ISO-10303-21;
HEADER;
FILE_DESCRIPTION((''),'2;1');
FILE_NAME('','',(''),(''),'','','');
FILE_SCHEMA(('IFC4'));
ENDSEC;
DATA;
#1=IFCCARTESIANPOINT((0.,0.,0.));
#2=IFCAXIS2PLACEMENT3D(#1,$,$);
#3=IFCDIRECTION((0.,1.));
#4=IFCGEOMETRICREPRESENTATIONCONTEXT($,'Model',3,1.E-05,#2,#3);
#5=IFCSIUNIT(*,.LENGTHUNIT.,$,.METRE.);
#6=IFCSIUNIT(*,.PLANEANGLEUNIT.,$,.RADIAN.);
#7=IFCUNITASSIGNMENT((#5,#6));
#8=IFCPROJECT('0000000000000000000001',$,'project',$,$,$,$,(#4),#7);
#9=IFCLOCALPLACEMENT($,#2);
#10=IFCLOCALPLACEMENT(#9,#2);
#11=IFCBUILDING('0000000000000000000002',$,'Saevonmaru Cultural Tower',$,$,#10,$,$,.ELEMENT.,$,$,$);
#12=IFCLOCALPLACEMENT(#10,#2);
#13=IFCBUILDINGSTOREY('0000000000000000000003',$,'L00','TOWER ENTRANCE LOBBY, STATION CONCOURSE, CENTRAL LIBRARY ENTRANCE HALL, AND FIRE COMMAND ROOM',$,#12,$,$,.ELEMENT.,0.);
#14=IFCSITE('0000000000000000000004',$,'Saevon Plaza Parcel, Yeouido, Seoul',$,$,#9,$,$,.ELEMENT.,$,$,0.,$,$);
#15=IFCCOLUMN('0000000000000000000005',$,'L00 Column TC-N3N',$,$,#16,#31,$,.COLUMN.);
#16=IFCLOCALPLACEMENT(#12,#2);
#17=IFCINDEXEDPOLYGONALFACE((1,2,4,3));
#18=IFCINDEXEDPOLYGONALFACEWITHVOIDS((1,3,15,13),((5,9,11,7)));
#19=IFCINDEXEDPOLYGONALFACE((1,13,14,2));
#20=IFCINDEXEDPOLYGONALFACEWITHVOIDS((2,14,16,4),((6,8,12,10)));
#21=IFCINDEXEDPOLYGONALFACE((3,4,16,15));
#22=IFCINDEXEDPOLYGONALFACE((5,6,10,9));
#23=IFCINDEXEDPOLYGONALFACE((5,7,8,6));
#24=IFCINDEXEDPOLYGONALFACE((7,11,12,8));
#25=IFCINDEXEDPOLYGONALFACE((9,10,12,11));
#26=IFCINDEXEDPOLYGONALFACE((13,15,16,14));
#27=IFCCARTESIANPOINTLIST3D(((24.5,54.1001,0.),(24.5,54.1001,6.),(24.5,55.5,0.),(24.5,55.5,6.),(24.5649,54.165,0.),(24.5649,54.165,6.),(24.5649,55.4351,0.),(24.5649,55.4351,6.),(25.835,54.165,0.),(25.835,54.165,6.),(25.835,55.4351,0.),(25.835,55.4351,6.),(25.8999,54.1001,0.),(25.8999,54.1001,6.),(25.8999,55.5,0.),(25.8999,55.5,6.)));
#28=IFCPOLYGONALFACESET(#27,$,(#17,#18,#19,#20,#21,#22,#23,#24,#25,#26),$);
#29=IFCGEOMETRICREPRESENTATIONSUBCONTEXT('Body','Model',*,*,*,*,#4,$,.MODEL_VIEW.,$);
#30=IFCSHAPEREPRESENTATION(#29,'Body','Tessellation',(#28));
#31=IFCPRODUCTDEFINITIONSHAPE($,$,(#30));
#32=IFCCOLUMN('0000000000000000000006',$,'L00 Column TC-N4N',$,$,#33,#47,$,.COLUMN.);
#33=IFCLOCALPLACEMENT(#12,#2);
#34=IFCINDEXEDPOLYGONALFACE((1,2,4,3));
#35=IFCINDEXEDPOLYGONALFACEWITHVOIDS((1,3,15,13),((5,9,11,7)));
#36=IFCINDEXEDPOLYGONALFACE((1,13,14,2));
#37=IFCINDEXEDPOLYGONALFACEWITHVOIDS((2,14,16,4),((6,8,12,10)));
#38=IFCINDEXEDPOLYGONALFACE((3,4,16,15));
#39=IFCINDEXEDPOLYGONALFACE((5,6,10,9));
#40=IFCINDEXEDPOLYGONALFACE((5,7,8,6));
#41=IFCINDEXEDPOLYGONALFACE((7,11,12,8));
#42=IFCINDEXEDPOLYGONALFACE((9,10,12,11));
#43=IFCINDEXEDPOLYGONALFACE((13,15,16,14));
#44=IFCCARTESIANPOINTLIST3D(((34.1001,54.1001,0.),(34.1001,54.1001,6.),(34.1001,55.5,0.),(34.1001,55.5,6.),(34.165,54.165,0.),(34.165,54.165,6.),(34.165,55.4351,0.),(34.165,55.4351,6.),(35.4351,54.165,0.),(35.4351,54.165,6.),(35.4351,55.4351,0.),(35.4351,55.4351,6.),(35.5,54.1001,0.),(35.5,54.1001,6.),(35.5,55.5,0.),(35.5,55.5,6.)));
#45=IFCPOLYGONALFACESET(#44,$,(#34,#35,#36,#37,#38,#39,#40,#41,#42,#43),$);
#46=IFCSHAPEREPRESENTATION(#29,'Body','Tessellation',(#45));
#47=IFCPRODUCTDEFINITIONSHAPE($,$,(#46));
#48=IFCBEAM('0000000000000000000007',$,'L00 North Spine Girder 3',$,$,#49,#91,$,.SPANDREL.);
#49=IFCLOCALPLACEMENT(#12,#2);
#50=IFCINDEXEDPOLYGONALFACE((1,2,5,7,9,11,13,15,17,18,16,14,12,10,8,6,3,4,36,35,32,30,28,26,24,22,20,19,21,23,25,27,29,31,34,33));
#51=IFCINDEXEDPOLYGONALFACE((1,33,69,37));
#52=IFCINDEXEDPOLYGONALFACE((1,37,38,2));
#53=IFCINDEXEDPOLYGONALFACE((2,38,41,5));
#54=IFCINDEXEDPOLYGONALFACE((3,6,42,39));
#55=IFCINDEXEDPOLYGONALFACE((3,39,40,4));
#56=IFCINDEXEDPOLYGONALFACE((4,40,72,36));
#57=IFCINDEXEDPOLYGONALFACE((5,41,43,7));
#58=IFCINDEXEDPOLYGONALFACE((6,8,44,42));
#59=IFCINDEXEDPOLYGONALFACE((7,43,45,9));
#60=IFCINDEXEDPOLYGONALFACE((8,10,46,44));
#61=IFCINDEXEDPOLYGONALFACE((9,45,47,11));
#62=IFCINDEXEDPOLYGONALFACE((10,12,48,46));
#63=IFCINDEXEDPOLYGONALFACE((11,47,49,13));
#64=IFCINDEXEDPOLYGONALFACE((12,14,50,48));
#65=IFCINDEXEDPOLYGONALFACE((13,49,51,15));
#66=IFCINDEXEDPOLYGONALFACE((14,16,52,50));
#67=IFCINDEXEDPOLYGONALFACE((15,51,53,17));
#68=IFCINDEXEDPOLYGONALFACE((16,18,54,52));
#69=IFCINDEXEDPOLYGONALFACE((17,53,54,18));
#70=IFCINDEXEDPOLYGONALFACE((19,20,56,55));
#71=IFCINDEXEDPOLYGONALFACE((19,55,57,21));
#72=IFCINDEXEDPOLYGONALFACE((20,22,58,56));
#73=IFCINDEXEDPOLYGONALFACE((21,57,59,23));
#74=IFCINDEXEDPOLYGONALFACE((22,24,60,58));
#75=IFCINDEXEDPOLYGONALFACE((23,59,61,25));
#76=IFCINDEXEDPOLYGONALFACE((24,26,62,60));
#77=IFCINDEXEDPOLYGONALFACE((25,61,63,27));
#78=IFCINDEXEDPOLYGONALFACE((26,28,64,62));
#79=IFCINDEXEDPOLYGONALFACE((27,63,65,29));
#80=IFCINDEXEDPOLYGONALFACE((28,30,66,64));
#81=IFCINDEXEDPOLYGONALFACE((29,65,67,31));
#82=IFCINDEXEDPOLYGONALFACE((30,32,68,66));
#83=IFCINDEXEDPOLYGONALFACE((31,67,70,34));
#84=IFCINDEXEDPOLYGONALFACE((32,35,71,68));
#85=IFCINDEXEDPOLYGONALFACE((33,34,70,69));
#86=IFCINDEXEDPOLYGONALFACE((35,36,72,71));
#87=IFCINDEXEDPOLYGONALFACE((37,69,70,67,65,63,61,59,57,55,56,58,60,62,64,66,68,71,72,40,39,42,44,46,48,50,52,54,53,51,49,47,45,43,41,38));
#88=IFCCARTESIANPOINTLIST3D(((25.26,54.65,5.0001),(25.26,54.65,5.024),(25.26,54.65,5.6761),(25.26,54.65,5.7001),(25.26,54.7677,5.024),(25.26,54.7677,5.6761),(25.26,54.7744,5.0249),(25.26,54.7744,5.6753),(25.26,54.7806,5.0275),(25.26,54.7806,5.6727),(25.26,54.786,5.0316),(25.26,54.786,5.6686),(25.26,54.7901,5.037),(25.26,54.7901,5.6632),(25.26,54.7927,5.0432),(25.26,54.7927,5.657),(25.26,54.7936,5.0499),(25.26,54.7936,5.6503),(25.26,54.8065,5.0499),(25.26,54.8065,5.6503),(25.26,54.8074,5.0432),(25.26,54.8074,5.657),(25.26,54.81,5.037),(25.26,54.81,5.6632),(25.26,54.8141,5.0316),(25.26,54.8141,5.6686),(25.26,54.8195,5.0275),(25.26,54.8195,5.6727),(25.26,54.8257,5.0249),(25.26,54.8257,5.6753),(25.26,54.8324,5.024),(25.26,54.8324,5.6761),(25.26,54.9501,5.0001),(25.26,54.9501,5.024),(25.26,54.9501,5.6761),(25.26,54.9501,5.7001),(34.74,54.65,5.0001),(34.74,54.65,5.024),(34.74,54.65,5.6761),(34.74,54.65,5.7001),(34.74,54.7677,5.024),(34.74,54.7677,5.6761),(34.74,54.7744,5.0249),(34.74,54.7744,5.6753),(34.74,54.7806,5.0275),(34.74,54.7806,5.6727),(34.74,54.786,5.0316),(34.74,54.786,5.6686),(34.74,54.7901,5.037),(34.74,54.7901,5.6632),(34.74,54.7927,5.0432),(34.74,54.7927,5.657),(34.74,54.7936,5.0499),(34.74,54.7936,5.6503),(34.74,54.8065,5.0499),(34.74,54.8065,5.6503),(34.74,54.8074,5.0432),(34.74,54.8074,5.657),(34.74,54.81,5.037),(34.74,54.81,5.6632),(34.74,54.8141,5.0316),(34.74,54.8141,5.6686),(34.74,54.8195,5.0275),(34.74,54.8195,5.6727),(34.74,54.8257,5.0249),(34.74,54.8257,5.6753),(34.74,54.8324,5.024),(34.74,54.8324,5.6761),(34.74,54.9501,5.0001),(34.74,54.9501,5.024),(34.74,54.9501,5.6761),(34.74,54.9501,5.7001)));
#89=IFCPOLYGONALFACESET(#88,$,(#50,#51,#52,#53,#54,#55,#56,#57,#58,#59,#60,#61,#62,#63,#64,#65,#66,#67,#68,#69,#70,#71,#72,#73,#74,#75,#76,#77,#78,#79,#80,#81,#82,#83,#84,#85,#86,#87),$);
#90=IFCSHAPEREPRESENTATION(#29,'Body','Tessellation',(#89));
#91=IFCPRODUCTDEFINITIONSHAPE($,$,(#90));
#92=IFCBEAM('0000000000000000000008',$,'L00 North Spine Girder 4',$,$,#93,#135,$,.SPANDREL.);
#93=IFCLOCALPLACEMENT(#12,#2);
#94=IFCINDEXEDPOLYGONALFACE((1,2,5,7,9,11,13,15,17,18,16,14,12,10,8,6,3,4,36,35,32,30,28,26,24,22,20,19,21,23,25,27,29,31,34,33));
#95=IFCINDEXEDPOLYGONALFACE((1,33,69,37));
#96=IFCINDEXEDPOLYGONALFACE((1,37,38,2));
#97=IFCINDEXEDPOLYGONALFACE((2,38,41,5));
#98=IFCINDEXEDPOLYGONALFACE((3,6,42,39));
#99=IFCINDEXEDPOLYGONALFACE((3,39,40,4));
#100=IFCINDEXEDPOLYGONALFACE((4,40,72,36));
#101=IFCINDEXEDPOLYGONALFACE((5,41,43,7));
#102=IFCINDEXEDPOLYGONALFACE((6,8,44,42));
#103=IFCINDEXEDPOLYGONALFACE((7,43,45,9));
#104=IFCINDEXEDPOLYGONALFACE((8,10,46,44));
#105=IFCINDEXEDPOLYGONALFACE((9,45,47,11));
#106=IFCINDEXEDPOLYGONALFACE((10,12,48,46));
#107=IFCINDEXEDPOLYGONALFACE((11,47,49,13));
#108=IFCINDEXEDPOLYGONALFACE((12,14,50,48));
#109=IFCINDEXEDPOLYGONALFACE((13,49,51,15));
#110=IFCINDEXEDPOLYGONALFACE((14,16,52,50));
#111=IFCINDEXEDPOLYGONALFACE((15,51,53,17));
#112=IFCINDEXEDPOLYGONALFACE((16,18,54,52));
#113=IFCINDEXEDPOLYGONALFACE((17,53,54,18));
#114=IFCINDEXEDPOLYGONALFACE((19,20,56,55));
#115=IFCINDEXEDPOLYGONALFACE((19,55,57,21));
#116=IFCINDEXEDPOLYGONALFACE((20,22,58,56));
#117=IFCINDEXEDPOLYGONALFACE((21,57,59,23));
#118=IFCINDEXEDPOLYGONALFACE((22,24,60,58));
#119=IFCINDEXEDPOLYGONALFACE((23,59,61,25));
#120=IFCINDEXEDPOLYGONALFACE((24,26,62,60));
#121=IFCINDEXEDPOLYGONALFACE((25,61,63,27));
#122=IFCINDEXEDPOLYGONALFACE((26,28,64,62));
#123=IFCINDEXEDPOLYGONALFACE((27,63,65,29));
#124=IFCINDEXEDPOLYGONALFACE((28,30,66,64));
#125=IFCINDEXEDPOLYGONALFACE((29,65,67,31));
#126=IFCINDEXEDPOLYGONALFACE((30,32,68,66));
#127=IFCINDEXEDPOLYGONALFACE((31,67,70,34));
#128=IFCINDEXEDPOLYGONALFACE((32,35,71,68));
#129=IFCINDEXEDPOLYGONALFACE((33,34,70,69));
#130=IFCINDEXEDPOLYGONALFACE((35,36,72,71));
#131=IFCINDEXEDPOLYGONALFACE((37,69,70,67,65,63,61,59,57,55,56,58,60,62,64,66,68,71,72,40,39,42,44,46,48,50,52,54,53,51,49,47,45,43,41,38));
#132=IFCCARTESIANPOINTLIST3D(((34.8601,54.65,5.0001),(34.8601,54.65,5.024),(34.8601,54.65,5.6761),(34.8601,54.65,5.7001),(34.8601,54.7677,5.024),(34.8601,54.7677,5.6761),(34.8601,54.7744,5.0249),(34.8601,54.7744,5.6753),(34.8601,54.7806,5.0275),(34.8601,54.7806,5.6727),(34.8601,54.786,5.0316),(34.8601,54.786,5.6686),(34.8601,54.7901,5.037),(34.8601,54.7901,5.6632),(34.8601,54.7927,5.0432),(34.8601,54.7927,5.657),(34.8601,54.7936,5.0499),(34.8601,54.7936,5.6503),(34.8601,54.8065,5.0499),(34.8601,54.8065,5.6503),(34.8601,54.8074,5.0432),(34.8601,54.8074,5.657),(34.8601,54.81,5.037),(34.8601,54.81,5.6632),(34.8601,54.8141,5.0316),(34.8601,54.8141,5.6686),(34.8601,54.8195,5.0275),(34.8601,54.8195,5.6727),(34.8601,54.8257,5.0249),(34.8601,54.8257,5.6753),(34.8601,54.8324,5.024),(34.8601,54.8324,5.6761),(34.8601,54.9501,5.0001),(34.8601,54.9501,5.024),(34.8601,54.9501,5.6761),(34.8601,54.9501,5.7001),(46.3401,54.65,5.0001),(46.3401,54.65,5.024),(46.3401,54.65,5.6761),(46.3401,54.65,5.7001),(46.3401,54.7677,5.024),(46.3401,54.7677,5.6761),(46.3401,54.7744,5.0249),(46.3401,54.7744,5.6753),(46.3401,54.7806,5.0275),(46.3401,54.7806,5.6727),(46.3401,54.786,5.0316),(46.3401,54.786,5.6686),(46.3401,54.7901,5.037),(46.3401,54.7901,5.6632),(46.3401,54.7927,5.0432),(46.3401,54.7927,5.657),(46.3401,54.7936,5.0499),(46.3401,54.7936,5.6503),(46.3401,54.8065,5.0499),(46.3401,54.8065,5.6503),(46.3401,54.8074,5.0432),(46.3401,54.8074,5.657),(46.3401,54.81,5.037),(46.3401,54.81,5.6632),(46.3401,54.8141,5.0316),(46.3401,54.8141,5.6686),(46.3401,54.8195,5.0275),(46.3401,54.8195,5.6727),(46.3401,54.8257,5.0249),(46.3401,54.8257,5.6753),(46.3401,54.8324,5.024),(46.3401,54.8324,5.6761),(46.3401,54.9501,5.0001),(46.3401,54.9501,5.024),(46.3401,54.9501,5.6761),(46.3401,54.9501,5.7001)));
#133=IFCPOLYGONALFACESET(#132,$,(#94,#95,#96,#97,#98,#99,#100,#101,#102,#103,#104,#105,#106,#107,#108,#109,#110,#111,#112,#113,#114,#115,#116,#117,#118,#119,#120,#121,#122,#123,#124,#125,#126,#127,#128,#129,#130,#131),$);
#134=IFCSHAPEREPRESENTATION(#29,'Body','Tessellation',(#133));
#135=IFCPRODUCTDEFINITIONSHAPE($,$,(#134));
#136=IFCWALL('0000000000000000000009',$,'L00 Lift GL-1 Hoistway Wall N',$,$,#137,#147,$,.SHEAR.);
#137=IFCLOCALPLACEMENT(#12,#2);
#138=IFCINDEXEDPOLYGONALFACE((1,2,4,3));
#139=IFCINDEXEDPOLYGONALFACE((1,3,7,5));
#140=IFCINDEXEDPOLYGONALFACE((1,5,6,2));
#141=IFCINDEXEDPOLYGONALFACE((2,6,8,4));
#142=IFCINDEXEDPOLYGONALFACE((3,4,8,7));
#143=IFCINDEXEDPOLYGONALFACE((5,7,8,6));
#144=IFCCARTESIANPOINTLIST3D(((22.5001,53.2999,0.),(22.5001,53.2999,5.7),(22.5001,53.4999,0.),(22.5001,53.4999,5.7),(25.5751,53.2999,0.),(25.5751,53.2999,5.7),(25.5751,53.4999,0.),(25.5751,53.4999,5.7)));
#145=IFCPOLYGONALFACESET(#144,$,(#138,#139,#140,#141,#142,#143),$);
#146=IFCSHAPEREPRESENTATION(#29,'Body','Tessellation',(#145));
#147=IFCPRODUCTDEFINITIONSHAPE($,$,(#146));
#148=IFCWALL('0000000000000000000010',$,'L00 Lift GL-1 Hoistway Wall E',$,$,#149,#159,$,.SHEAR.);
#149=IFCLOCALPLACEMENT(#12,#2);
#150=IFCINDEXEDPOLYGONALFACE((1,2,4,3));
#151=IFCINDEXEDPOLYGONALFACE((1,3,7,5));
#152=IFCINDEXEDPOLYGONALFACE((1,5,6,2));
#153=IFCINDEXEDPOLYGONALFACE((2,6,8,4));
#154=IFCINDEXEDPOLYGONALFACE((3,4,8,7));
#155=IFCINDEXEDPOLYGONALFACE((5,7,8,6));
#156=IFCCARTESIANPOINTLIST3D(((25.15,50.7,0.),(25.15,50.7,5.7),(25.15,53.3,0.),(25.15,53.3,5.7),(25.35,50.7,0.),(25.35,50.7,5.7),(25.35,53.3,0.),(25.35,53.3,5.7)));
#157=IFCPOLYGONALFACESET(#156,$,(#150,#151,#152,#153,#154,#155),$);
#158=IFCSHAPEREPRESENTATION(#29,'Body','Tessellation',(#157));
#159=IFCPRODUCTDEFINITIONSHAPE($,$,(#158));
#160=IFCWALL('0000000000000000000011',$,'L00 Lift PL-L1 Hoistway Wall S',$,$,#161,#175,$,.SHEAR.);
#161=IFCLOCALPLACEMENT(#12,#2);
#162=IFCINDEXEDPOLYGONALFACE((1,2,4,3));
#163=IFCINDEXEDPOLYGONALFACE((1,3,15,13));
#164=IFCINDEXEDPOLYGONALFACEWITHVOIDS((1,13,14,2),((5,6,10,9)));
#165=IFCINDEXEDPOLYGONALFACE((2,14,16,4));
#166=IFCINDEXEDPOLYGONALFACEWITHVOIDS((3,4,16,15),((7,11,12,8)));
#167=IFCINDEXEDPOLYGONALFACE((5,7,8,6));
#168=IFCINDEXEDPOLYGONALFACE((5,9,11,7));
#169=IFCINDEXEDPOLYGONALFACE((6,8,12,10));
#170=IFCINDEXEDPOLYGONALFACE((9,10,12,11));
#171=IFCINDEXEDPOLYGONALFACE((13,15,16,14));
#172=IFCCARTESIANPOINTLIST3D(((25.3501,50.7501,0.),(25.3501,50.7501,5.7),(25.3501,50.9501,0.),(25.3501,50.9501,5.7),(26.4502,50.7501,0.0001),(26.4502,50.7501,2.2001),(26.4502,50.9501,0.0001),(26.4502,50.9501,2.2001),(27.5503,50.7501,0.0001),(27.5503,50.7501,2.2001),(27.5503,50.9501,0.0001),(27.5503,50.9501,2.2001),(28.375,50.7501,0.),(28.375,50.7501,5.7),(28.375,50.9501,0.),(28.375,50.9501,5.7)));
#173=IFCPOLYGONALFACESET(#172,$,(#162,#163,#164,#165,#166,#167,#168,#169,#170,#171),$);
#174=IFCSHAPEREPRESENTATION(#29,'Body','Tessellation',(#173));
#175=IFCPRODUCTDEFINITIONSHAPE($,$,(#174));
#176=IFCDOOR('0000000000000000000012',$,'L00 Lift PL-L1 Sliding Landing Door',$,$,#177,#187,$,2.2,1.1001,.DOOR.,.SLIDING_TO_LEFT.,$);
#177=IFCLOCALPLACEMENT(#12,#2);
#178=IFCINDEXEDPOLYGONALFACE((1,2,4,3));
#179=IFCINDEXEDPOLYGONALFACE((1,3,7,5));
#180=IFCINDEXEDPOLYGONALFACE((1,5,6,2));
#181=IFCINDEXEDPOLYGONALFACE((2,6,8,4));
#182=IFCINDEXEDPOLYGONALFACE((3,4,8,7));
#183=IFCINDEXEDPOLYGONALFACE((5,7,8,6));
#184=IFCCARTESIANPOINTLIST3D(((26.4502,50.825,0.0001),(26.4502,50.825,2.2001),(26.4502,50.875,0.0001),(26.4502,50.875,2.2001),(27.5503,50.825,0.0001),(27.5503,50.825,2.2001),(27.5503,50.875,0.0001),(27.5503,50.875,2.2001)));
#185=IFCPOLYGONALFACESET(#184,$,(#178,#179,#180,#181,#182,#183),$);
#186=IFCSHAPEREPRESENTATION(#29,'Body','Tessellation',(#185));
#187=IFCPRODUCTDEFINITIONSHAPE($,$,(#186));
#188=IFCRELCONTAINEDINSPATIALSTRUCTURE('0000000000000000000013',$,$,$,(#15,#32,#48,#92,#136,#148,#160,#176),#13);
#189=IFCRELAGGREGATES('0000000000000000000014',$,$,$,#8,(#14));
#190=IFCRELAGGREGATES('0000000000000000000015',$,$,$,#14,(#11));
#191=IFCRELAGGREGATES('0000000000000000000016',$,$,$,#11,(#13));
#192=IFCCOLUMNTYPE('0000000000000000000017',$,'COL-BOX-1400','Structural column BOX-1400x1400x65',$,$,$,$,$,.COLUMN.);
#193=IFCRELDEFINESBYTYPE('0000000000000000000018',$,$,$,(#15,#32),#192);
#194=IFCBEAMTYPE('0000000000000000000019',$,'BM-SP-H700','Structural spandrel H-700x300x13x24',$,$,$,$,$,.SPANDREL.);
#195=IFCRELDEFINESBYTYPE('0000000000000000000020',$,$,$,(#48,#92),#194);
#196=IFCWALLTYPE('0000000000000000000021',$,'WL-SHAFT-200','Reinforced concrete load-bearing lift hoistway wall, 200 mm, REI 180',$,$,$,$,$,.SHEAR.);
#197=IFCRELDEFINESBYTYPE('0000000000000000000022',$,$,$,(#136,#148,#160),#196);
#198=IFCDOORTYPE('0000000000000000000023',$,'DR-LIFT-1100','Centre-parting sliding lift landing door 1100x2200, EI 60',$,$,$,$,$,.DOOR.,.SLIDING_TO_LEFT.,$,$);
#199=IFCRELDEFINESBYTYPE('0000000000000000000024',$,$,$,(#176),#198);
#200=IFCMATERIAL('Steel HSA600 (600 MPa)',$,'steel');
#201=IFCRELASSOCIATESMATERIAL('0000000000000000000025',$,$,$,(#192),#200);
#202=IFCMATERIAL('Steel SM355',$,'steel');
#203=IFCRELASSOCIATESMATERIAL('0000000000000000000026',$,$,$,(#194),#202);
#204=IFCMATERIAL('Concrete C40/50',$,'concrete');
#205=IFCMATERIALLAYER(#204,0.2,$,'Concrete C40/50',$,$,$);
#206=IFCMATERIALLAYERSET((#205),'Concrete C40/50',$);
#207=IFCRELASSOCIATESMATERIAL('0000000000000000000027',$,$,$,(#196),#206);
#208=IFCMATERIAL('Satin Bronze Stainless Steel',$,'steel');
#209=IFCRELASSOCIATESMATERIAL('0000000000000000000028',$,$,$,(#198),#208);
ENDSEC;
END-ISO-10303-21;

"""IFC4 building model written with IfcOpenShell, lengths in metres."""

from ifc_helpers import new_model, si_unit, direction, frame, frame_2d, origin, origin_2d, place, context, subcontext, project, spatial, rectangle, hollow_rectangle, i_section, extrude, material, layer, layer_set, material_profile, profile_set, type_object, element, fill, save


model = new_model("IFC4")

# Units and contexts
model_context = context("Model", 3, precision=1e-05, world=origin(), true_north=direction((0.0, 1.0)))
body_context = subcontext(model_context, "Body", "Model", "MODEL_VIEW")
ifc_project = project(units=[si_unit("LENGTHUNIT", "METRE"), si_unit("PLANEANGLEUNIT", "RADIAN")], contexts=[model_context])

# Site, building, storey
site_placement = place(None, origin())
site = spatial("IfcSite", under=ifc_project, at=site_placement, Name="Saevon Plaza Parcel, Yeouido, Seoul", CompositionType="ELEMENT", RefElevation=0.0)
building_placement = place(site_placement, origin())
building = spatial("IfcBuilding", under=site, at=building_placement, Name="Saevonmaru Cultural Tower", CompositionType="ELEMENT")
storey_placement = place(building_placement, origin())
storey = spatial("IfcBuildingStorey", under=building, at=storey_placement, Name="L00", Description="TOWER ENTRANCE LOBBY, STATION CONCOURSE, CENTRAL LIBRARY ENTRANCE HALL, AND FIRE COMMAND ROOM", CompositionType="ELEMENT", Elevation=0.0)

# Columns
ifc_material_1 = material(Name="Steel HSA600 (600 MPa)", Category="steel")
ifc_material_profile_1 = material_profile(ifc_material_1, hollow_rectangle(XDim=1.3999, YDim=1.3999, WallThickness=0.0649, at=origin_2d()), Name="BOX-1400x1400x65")
ifc_profile_set_1 = profile_set([ifc_material_profile_1], Name="Steel HSA600 (600 MPa)")
column_type = type_object("IfcColumnType", Name="COL-BOX-1400", Description="Structural column BOX-1400x1400x65", PredefinedType="COLUMN", material=ifc_profile_set_1)
for number, where, z_axis, x_axis, name in (
    (1, (25.2, 54.8, 0.0), (0.0, 0.0, 1.0), (1.0, 0.0, 0.0), "L00 Column TC-N3N"),
    (2, (34.8, 54.8, 0.0), (0.0, 0.0, 1.0), (1.0, 0.0, 0.0), "L00 Column TC-N4N"),
):
    element("IfcColumn", number, at=place(storey_placement, frame(where, z_axis=z_axis, x_axis=x_axis)), inside=storey, type_object=column_type, Name=name, PredefinedType="COLUMN", context=body_context, shape_type="SweptSolid", body=[
        extrude(hollow_rectangle(XDim=1.3999, YDim=1.3999, WallThickness=0.0649, at=origin_2d()), origin(), (0.0, 0.0, 1.0), 6.0),
    ])

# Beams
ifc_material_2 = material(Name="Steel SM355", Category="steel")
ifc_material_profile_2 = material_profile(ifc_material_2, i_section(OverallWidth=0.3, OverallDepth=0.7, WebThickness=0.0129, FlangeThickness=0.0239, FilletRadius=0.0259, at=origin_2d()), Name="H-700x300x13x24")
ifc_profile_set_2 = profile_set([ifc_material_profile_2], Name="Steel SM355")
beam_type = type_object("IfcBeamType", Name="BM-SP-H700", Description="Structural spandrel H-700x300x13x24", PredefinedType="SPANDREL", material=ifc_profile_set_2)
beam_1_placement = place(storey_placement, frame((25.26, 54.8, 5.3501), z_axis=(1.0, 0.0, 0.0), x_axis=(0.0, 1.0, 0.0)))
element("IfcBeam", 3, at=beam_1_placement, inside=storey, type_object=beam_type, Name="L00 North Spine Girder 3", PredefinedType="SPANDREL", context=body_context, shape_type="SweptSolid", body=[
    extrude(i_section(OverallWidth=0.3, OverallDepth=0.7, WebThickness=0.0129, FlangeThickness=0.0239, FilletRadius=0.0259, at=origin_2d()), origin(), (0.0, 0.0, 1.0), 9.48),
])
beam_2_placement = place(storey_placement, frame((34.8601, 54.8, 5.3501), z_axis=(1.0, 0.0, 0.0), x_axis=(0.0, 1.0, 0.0)))
element("IfcBeam", 4, at=beam_2_placement, inside=storey, type_object=beam_type, Name="L00 North Spine Girder 4", PredefinedType="SPANDREL", context=body_context, shape_type="SweptSolid", body=[
    extrude(i_section(OverallWidth=0.3, OverallDepth=0.7, WebThickness=0.0129, FlangeThickness=0.0239, FilletRadius=0.0259, at=origin_2d()), origin(), (0.0, 0.0, 1.0), 11.48),
])

# Walls
ifc_material_3 = material(Name="Concrete C40/50", Category="concrete")
ifc_layer = layer(ifc_material_3, 0.2, Name="Concrete C40/50")
ifc_layer_set = layer_set([ifc_layer], Name="Concrete C40/50")
wall_type = type_object("IfcWallType", Name="WL-SHAFT-200", Description="Reinforced concrete load-bearing lift hoistway wall, 200 mm, REI 180", PredefinedType="SHEAR", material=ifc_layer_set)
wall_1_placement = place(storey_placement, frame((22.5, 53.3999, 0.0), z_axis=(0.0, 0.0, 1.0), x_axis=(1.0, 0.0, 0.0)))
element("IfcWall", 5, at=wall_1_placement, inside=storey, type_object=wall_type, Name="L00 Lift GL-1 Hoistway Wall N", PredefinedType="SHEAR", context=body_context, shape_type="SweptSolid", body=[
    extrude(rectangle(XDim=3.075, YDim=0.2, at=frame_2d((1.5376, 0.0))), origin(), (0.0, 0.0, 1.0), 5.7),
])
wall_2_placement = place(storey_placement, frame((25.25, 50.7, 0.0), z_axis=(0.0, 0.0, 1.0), x_axis=(0.0, 1.0, 0.0)))
element("IfcWall", 6, at=wall_2_placement, inside=storey, type_object=wall_type, Name="L00 Lift GL-1 Hoistway Wall E", PredefinedType="SHEAR", context=body_context, shape_type="SweptSolid", body=[
    extrude(rectangle(XDim=2.6001, YDim=0.2, at=frame_2d((1.3, 0.0))), origin(), (0.0, 0.0, 1.0), 5.7),
])

# Wall, opening, door
wall_3_placement = place(storey_placement, frame((25.3501, 50.8501, 0.0), z_axis=(0.0, 0.0, 1.0), x_axis=(1.0, 0.0, 0.0)))
wall_3 = element("IfcWall", 7, at=wall_3_placement, inside=storey, type_object=wall_type, Name="L00 Lift PL-L1 Hoistway Wall S", PredefinedType="SHEAR", context=body_context, shape_type="SweptSolid", body=[
    extrude(rectangle(XDim=3.0249, YDim=0.2, at=frame_2d((1.5125, 0.0))), origin(), (0.0, 0.0, 1.0), 5.7),
])
opening_1_placement = place(wall_3_placement, frame((1.1001, 0.0, 0.0)))
opening_1 = element("IfcOpeningElement", 8, at=opening_1_placement, cuts=wall_3, PredefinedType="OPENING", context=body_context, shape_type="SweptSolid", body=[
    extrude(rectangle(XDim=1.1001, YDim=2.2, at=frame_2d((0.55, 1.1001))), frame((0.0, 0.1099, 0.0), z_axis=(0.0, -1.0, 0.0), x_axis=(1.0, 0.0, 0.0)), (0.0, 0.0, 1.0), 0.22),
])
ifc_material_4 = material(Name="Satin Bronze Stainless Steel", Category="steel")
door_type = type_object("IfcDoorType", Name="DR-LIFT-1100", Description="Centre-parting sliding lift landing door 1100x2200, EI 60", OperationType="SLIDING_TO_LEFT", PredefinedType="DOOR", material=ifc_material_4)
door_1_placement = place(opening_1_placement, origin())
door_1 = element("IfcDoor", 9, at=door_1_placement, inside=storey, type_object=door_type, Name="L00 Lift PL-L1 Sliding Landing Door", OperationType="SLIDING_TO_LEFT", OverallHeight=2.2, OverallWidth=1.1001, PredefinedType="DOOR", context=body_context, shape_type="SweptSolid", body=[
    extrude(rectangle(XDim=1.1001, YDim=2.2, at=frame_2d((0.55, 1.1001))), frame((0.0, 0.0249, 0.0), z_axis=(0.0, -1.0, 0.0), x_axis=(1.0, 0.0, 0.0)), (0.0, 0.0, 1.0), 0.05),
])
fill(opening_1, door_1)

save(model, "model.ifc")
